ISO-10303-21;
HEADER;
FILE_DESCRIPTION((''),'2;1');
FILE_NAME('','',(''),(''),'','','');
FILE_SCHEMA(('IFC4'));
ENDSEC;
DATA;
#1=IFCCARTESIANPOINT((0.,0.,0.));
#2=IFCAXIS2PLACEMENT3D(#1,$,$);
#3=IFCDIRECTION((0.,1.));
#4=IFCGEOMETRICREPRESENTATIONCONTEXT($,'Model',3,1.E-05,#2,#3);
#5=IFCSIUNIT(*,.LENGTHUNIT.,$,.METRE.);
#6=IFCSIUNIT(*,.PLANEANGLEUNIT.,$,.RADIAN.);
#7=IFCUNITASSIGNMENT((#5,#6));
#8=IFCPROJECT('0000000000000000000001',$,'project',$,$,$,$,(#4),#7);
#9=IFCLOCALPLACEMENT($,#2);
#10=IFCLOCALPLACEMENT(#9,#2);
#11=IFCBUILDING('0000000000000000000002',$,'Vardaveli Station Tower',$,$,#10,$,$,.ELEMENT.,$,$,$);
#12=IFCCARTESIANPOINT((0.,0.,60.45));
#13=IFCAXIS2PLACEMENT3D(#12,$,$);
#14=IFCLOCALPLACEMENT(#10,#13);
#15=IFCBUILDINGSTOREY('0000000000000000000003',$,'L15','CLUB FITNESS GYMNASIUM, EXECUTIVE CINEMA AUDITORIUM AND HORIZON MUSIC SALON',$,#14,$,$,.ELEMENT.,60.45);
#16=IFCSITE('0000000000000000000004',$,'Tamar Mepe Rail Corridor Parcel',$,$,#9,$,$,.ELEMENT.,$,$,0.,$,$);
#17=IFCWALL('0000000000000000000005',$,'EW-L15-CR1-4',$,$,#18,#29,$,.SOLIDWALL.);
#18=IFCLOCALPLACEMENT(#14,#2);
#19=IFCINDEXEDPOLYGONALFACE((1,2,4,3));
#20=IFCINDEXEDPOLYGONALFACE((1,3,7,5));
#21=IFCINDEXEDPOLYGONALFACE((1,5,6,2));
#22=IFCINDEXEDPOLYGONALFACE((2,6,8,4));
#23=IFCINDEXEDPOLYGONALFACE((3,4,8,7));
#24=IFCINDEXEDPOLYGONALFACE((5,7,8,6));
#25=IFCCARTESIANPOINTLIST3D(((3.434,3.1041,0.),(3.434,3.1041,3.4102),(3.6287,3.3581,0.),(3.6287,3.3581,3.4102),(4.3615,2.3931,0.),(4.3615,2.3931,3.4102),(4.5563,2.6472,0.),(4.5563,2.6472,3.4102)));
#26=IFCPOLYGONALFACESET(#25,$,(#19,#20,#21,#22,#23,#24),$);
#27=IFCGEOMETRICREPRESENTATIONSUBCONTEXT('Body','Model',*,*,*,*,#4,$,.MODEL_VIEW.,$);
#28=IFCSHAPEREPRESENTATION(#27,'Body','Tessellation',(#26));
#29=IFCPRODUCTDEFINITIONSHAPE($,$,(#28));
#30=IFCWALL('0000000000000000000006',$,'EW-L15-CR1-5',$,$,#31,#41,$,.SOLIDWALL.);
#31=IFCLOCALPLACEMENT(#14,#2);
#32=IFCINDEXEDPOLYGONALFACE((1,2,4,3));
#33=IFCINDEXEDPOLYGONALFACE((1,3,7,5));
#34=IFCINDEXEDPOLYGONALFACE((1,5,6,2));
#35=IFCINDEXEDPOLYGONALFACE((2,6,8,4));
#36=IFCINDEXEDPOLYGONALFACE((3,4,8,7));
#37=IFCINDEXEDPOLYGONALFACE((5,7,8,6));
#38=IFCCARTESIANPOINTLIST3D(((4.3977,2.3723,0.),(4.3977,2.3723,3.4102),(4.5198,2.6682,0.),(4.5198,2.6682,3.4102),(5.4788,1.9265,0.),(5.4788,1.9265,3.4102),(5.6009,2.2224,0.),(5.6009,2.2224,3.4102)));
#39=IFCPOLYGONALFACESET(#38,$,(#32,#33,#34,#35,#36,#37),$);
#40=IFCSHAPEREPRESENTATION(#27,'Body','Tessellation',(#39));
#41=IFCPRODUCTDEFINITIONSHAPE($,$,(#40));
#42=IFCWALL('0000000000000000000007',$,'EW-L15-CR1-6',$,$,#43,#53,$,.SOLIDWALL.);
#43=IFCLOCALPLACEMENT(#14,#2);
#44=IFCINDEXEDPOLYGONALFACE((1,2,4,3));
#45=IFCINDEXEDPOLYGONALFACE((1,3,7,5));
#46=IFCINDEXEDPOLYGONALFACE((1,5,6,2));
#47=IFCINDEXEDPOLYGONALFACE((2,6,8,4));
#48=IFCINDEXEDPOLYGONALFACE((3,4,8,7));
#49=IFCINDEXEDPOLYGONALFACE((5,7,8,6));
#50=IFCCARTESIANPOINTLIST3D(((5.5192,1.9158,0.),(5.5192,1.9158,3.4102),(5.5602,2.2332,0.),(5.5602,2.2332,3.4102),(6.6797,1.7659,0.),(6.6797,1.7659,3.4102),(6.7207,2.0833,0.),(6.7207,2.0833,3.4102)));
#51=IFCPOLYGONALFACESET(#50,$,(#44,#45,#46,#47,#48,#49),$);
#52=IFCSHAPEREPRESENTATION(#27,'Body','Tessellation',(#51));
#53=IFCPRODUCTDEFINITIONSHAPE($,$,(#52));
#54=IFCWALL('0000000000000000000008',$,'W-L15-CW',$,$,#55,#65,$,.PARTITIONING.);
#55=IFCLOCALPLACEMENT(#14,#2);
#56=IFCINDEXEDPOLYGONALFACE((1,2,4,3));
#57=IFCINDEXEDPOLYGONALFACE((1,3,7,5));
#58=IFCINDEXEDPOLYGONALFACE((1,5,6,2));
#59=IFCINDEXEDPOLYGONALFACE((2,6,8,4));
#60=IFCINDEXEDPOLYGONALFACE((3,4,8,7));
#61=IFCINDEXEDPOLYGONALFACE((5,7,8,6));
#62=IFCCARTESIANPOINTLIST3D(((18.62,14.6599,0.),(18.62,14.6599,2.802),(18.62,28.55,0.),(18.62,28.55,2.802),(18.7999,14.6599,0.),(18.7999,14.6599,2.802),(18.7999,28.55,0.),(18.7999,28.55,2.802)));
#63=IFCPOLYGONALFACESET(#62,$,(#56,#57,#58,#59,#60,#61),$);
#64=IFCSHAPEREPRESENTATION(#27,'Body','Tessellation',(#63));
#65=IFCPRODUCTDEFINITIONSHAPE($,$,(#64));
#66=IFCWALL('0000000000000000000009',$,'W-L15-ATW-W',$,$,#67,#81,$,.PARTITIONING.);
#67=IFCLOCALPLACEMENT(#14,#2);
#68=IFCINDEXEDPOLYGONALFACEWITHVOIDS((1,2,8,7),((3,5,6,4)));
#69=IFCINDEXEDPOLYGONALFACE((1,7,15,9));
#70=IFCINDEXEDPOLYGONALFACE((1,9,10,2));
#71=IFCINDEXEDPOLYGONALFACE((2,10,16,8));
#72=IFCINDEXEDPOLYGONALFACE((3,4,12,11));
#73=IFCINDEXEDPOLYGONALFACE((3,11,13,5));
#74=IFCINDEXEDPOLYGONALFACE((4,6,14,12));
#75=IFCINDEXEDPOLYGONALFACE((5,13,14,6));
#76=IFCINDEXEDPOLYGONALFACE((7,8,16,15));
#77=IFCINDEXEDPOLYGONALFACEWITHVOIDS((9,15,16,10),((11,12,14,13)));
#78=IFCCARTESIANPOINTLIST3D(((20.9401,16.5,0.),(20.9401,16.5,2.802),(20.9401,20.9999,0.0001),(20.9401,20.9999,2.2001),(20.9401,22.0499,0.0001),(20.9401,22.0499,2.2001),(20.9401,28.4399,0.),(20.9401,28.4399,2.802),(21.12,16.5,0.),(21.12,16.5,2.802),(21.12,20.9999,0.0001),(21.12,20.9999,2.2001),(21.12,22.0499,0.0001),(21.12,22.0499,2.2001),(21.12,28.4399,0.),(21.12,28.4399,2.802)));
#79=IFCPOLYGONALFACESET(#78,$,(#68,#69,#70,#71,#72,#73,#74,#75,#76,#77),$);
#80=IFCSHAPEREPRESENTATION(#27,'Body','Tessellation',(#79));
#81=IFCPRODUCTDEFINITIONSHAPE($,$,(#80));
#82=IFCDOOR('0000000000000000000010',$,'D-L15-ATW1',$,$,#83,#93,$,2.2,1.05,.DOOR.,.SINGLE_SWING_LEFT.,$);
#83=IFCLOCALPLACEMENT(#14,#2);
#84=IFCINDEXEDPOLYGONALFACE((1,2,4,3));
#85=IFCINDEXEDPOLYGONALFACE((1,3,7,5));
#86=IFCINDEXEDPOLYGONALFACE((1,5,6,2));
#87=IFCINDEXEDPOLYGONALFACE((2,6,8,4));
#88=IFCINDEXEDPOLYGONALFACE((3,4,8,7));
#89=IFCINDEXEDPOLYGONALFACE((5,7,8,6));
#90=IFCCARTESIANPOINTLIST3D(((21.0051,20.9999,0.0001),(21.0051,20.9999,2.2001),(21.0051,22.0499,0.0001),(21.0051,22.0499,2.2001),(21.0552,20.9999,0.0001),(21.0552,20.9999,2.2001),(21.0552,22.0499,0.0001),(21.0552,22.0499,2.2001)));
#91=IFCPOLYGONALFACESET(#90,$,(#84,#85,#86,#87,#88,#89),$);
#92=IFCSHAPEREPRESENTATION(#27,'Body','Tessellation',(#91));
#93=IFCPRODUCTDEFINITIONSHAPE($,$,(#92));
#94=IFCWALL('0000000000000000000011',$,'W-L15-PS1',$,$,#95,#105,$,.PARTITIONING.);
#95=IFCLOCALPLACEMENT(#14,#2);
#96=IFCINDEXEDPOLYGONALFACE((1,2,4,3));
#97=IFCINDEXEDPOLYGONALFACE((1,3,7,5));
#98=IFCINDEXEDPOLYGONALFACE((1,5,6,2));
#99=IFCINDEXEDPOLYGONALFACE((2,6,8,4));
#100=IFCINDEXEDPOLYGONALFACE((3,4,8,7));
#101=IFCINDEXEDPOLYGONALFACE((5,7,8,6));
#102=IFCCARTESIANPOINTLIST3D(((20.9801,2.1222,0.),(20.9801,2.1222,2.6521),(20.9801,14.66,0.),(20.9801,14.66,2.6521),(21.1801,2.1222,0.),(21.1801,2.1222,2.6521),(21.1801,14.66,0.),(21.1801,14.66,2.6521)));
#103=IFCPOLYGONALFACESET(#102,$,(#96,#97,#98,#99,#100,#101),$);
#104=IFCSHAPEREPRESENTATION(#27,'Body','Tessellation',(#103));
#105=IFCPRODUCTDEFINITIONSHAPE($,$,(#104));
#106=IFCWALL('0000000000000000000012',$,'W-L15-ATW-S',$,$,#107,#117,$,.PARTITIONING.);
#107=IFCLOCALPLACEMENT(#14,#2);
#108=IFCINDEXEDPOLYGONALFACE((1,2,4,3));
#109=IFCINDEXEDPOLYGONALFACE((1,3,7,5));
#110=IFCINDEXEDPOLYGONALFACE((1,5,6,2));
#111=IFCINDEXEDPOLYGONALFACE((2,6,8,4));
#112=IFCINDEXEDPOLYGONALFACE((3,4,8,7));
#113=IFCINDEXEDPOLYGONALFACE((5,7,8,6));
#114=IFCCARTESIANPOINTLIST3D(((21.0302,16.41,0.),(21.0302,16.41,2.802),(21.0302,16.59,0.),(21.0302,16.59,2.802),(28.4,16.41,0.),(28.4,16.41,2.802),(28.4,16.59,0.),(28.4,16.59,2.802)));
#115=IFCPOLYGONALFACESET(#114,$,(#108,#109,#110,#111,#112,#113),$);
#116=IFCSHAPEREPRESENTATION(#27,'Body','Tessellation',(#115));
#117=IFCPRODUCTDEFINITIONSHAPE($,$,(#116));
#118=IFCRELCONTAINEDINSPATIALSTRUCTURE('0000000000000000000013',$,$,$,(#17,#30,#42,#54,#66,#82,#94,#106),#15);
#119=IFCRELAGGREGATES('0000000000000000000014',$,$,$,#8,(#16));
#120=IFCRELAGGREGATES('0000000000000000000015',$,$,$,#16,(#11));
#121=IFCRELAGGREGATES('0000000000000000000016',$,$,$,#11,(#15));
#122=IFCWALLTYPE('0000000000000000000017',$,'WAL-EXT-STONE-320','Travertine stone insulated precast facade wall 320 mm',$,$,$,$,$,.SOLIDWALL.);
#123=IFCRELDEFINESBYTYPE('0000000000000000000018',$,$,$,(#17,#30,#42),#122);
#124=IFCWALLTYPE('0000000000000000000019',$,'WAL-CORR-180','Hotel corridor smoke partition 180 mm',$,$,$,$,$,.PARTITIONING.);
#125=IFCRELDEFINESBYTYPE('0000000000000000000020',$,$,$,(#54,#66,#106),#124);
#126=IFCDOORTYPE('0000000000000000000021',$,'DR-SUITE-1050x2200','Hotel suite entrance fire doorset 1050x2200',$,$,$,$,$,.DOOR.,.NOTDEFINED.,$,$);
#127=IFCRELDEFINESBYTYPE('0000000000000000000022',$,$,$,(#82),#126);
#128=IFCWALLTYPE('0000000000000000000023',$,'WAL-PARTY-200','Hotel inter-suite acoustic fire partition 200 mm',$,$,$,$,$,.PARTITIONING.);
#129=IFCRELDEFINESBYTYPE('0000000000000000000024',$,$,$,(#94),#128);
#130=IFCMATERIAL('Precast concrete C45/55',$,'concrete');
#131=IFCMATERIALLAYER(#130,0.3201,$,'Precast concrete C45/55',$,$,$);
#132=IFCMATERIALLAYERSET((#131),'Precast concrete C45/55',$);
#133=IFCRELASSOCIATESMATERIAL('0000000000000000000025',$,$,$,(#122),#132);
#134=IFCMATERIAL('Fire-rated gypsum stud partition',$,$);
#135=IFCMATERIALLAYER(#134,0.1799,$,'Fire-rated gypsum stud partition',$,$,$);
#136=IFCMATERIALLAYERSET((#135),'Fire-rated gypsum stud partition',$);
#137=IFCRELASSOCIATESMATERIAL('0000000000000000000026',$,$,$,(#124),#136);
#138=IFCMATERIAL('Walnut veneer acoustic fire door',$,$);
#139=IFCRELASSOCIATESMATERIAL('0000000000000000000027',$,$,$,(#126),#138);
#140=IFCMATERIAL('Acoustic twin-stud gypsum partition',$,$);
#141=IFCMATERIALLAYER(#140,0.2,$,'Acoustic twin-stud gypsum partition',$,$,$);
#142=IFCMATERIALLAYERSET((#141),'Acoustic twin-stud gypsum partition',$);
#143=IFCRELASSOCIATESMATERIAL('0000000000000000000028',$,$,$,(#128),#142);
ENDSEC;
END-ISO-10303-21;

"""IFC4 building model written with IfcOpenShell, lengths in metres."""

from ifc_helpers import new_model, si_unit, direction, frame, frame_2d, origin, place, context, subcontext, project, spatial, rectangle, extrude, source, transform, mapped, material, layer, layer_set, type_object, element, fill, save


model = new_model("IFC4")

# Units and contexts
model_context = context("Model", 3, precision=1e-05, world=origin(), true_north=direction((0.0, 1.0)))
body_context = subcontext(model_context, "Body", "Model", "MODEL_VIEW")
ifc_project = project(units=[si_unit("LENGTHUNIT", "METRE"), si_unit("PLANEANGLEUNIT", "RADIAN")], contexts=[model_context])

# Site, building, storey
site_placement = place(None, origin())
site = spatial("IfcSite", under=ifc_project, at=site_placement, Name="Tamar Mepe Rail Corridor Parcel", CompositionType="ELEMENT", RefElevation=0.0)
building_placement = place(site_placement, origin())
building = spatial("IfcBuilding", under=site, at=building_placement, Name="Vardaveli Station Tower", CompositionType="ELEMENT")
storey_placement = place(building_placement, frame((0.0, 0.0, 60.45)))
storey = spatial("IfcBuildingStorey", under=building, at=storey_placement, Name="L15", Description="CLUB FITNESS GYMNASIUM, EXECUTIVE CINEMA AUDITORIUM AND HORIZON MUSIC SALON", CompositionType="ELEMENT", Elevation=60.45)

# Shared definitions
ifc_material_1 = material(Name="Precast concrete C45/55", Category="concrete")

# Shared definitions
ifc_layer_1 = layer(ifc_material_1, 0.3201, Name="Precast concrete C45/55")
ifc_layer_set_1 = layer_set([ifc_layer_1], Name="Precast concrete C45/55")
wall_type_1 = type_object("IfcWallType", Name="WAL-EXT-STONE-320", Description="Travertine stone insulated precast facade wall 320 mm", PredefinedType="SOLIDWALL", material=ifc_layer_set_1)

# Walls
shared_shape_1 = source(origin(), body_context, "Body", "SweptSolid", [
    extrude(rectangle(XDim=1.1687, YDim=0.3201, at=frame_2d((0.5845, 0.0))), origin(), (0.0, 0.0, 1.0), 3.4102),
])
wall_1_placement = place(storey_placement, frame((3.5312, 3.2312, 0.0), z_axis=(0.0, 0.0, 1.0), x_axis=(0.793664, -0.608357, 0.0)))
element("IfcWall", 1, at=wall_1_placement, inside=storey, type_object=wall_type_1, Name="EW-L15-CR1-4", PredefinedType="SOLIDWALL", context=body_context, shape_type="MappedRepresentation", body=[
    mapped(shared_shape_1, transform((0.0, 0.0, 0.0), scale=1.0)),
])
shared_shape_2 = source(origin(), body_context, "Body", "SweptSolid", [
    extrude(rectangle(XDim=1.1694, YDim=0.3201, at=frame_2d((0.5847, 0.0))), origin(), (0.0, 0.0, 1.0), 3.4102),
])
wall_2_placement = place(storey_placement, frame((4.4587, 2.5203, 0.0), z_axis=(0.0, 0.0, 1.0), x_axis=(0.924479, -0.381233, 0.0)))
element("IfcWall", 2, at=wall_2_placement, inside=storey, type_object=wall_type_1, Name="EW-L15-CR1-5", PredefinedType="SOLIDWALL", context=body_context, shape_type="MappedRepresentation", body=[
    mapped(shared_shape_2, transform((0.0, 0.0, 0.0), scale=1.0)),
])
shared_shape_3 = source(origin(), body_context, "Body", "SweptSolid", [
    extrude(rectangle(XDim=1.1702, YDim=0.3201, at=frame_2d((0.585, 0.0))), origin(), (0.0, 0.0, 1.0), 3.4102),
])
wall_3_placement = place(storey_placement, frame((5.5398, 2.0745, 0.0), z_axis=(0.0, 0.0, 1.0), x_axis=(0.991762, -0.12809, 0.0)))
element("IfcWall", 3, at=wall_3_placement, inside=storey, type_object=wall_type_1, Name="EW-L15-CR1-6", PredefinedType="SOLIDWALL", context=body_context, shape_type="MappedRepresentation", body=[
    mapped(shared_shape_3, transform((0.0, 0.0, 0.0), scale=1.0)),
])
ifc_material_2 = material(Name="Fire-rated gypsum stud partition")
ifc_layer_2 = layer(ifc_material_2, 0.1799, Name="Fire-rated gypsum stud partition")
ifc_layer_set_2 = layer_set([ifc_layer_2], Name="Fire-rated gypsum stud partition")
wall_type_2 = type_object("IfcWallType", Name="WAL-CORR-180", Description="Hotel corridor smoke partition 180 mm", PredefinedType="PARTITIONING", material=ifc_layer_set_2)
shared_shape_4 = source(origin(), body_context, "Body", "SweptSolid", [
    extrude(rectangle(XDim=13.8901, YDim=0.1799, at=frame_2d((6.9451, 0.0))), origin(), (0.0, 0.0, 1.0), 2.802),
])
wall_4_placement = place(storey_placement, frame((18.71, 14.6599, 0.0), z_axis=(0.0, 0.0, 1.0), x_axis=(0.0, 1.0, 0.0)))
element("IfcWall", 4, at=wall_4_placement, inside=storey, type_object=wall_type_2, Name="W-L15-CW", PredefinedType="PARTITIONING", context=body_context, shape_type="MappedRepresentation", body=[
    mapped(shared_shape_4, transform((0.0, 0.0, 0.0), scale=1.0)),
])

# Wall, opening, door
shared_shape_5 = source(origin(), body_context, "Body", "SweptSolid", [
    extrude(rectangle(XDim=11.9399, YDim=0.1799, at=frame_2d((5.97, 0.0))), origin(), (0.0, 0.0, 1.0), 2.802),
])
wall_5_placement = place(storey_placement, frame((21.03, 16.5, 0.0), z_axis=(0.0, 0.0, 1.0), x_axis=(0.0, 1.0, 0.0)))
wall_5 = element("IfcWall", 5, at=wall_5_placement, inside=storey, type_object=wall_type_2, Name="W-L15-ATW-W", PredefinedType="PARTITIONING", context=body_context, shape_type="MappedRepresentation", body=[
    mapped(shared_shape_5, transform((0.0, 0.0, 0.0), scale=1.0)),
])
shared_shape_6 = source(origin(), body_context, "Body", "SweptSolid", [
    extrude(rectangle(XDim=1.05, YDim=2.2, at=frame_2d((0.5249, 1.1001))), frame((0.0, 0.1001, 0.0), z_axis=(0.0, -1.0, 0.0), x_axis=(1.0, 0.0, 0.0)), (0.0, 0.0, 1.0), 0.2),
])
opening_1_placement = place(wall_5_placement, frame((4.5, 0.0, 0.0)))
opening_1 = element("IfcOpeningElement", 6, at=opening_1_placement, cuts=wall_5, PredefinedType="OPENING", context=body_context, shape_type="MappedRepresentation", body=[
    mapped(shared_shape_6, transform((0.0, 0.0, 0.0), scale=1.0)),
])
ifc_material_3 = material(Name="Walnut veneer acoustic fire door")
door_type = type_object("IfcDoorType", Name="DR-SUITE-1050x2200", Description="Hotel suite entrance fire doorset 1050x2200", OperationType="NOTDEFINED", PredefinedType="DOOR", material=ifc_material_3)
shared_shape_7 = source(origin(), body_context, "Body", "SweptSolid", [
    extrude(rectangle(XDim=1.05, YDim=2.2, at=frame_2d((0.5249, 1.1001))), frame((0.0, 0.0249, 0.0), z_axis=(0.0, -1.0, 0.0), x_axis=(1.0, 0.0, 0.0)), (0.0, 0.0, 1.0), 0.05),
])
door_placement = place(opening_1_placement, origin())
door = element("IfcDoor", 7, at=door_placement, inside=storey, type_object=door_type, Name="D-L15-ATW1", OperationType="SINGLE_SWING_LEFT", OverallHeight=2.2, OverallWidth=1.05, PredefinedType="DOOR", context=body_context, shape_type="MappedRepresentation", body=[
    mapped(shared_shape_7, transform((0.0, 0.0, 0.0), scale=1.0)),
])
fill(opening_1, door)

# Walls
ifc_material_4 = material(Name="Acoustic twin-stud gypsum partition")
ifc_layer_3 = layer(ifc_material_4, 0.2, Name="Acoustic twin-stud gypsum partition")
ifc_layer_set_3 = layer_set([ifc_layer_3], Name="Acoustic twin-stud gypsum partition")
wall_type_3 = type_object("IfcWallType", Name="WAL-PARTY-200", Description="Hotel inter-suite acoustic fire partition 200 mm", PredefinedType="PARTITIONING", material=ifc_layer_set_3)
shared_shape_8 = source(origin(), body_context, "Body", "SweptSolid", [
    extrude(rectangle(XDim=12.5378, YDim=0.2, at=frame_2d((6.269, 0.0))), origin(), (0.0, 0.0, 1.0), 2.6521),
])
wall_6_placement = place(storey_placement, frame((21.0801, 2.1221, 0.0), z_axis=(0.0, 0.0, 1.0), x_axis=(0.0, 1.0, 0.0)))
element("IfcWall", 8, at=wall_6_placement, inside=storey, type_object=wall_type_3, Name="W-L15-PS1", PredefinedType="PARTITIONING", context=body_context, shape_type="MappedRepresentation", body=[
    mapped(shared_shape_8, transform((0.0, 0.0, 0.0), scale=1.0)),
])
shared_shape_9 = source(origin(), body_context, "Body", "SweptSolid", [
    extrude(rectangle(XDim=7.3699, YDim=0.1799, at=frame_2d((3.6851, 0.0))), origin(), (0.0, 0.0, 1.0), 2.802),
])
wall_7_placement = place(storey_placement, frame((21.03, 16.5, 0.0), z_axis=(0.0, 0.0, 1.0), x_axis=(1.0, 0.0, 0.0)))
element("IfcWall", 9, at=wall_7_placement, inside=storey, type_object=wall_type_2, Name="W-L15-ATW-S", PredefinedType="PARTITIONING", context=body_context, shape_type="MappedRepresentation", body=[
    mapped(shared_shape_9, transform((0.0, 0.0, 0.0), scale=1.0)),
])

save(model, "model.ifc")
